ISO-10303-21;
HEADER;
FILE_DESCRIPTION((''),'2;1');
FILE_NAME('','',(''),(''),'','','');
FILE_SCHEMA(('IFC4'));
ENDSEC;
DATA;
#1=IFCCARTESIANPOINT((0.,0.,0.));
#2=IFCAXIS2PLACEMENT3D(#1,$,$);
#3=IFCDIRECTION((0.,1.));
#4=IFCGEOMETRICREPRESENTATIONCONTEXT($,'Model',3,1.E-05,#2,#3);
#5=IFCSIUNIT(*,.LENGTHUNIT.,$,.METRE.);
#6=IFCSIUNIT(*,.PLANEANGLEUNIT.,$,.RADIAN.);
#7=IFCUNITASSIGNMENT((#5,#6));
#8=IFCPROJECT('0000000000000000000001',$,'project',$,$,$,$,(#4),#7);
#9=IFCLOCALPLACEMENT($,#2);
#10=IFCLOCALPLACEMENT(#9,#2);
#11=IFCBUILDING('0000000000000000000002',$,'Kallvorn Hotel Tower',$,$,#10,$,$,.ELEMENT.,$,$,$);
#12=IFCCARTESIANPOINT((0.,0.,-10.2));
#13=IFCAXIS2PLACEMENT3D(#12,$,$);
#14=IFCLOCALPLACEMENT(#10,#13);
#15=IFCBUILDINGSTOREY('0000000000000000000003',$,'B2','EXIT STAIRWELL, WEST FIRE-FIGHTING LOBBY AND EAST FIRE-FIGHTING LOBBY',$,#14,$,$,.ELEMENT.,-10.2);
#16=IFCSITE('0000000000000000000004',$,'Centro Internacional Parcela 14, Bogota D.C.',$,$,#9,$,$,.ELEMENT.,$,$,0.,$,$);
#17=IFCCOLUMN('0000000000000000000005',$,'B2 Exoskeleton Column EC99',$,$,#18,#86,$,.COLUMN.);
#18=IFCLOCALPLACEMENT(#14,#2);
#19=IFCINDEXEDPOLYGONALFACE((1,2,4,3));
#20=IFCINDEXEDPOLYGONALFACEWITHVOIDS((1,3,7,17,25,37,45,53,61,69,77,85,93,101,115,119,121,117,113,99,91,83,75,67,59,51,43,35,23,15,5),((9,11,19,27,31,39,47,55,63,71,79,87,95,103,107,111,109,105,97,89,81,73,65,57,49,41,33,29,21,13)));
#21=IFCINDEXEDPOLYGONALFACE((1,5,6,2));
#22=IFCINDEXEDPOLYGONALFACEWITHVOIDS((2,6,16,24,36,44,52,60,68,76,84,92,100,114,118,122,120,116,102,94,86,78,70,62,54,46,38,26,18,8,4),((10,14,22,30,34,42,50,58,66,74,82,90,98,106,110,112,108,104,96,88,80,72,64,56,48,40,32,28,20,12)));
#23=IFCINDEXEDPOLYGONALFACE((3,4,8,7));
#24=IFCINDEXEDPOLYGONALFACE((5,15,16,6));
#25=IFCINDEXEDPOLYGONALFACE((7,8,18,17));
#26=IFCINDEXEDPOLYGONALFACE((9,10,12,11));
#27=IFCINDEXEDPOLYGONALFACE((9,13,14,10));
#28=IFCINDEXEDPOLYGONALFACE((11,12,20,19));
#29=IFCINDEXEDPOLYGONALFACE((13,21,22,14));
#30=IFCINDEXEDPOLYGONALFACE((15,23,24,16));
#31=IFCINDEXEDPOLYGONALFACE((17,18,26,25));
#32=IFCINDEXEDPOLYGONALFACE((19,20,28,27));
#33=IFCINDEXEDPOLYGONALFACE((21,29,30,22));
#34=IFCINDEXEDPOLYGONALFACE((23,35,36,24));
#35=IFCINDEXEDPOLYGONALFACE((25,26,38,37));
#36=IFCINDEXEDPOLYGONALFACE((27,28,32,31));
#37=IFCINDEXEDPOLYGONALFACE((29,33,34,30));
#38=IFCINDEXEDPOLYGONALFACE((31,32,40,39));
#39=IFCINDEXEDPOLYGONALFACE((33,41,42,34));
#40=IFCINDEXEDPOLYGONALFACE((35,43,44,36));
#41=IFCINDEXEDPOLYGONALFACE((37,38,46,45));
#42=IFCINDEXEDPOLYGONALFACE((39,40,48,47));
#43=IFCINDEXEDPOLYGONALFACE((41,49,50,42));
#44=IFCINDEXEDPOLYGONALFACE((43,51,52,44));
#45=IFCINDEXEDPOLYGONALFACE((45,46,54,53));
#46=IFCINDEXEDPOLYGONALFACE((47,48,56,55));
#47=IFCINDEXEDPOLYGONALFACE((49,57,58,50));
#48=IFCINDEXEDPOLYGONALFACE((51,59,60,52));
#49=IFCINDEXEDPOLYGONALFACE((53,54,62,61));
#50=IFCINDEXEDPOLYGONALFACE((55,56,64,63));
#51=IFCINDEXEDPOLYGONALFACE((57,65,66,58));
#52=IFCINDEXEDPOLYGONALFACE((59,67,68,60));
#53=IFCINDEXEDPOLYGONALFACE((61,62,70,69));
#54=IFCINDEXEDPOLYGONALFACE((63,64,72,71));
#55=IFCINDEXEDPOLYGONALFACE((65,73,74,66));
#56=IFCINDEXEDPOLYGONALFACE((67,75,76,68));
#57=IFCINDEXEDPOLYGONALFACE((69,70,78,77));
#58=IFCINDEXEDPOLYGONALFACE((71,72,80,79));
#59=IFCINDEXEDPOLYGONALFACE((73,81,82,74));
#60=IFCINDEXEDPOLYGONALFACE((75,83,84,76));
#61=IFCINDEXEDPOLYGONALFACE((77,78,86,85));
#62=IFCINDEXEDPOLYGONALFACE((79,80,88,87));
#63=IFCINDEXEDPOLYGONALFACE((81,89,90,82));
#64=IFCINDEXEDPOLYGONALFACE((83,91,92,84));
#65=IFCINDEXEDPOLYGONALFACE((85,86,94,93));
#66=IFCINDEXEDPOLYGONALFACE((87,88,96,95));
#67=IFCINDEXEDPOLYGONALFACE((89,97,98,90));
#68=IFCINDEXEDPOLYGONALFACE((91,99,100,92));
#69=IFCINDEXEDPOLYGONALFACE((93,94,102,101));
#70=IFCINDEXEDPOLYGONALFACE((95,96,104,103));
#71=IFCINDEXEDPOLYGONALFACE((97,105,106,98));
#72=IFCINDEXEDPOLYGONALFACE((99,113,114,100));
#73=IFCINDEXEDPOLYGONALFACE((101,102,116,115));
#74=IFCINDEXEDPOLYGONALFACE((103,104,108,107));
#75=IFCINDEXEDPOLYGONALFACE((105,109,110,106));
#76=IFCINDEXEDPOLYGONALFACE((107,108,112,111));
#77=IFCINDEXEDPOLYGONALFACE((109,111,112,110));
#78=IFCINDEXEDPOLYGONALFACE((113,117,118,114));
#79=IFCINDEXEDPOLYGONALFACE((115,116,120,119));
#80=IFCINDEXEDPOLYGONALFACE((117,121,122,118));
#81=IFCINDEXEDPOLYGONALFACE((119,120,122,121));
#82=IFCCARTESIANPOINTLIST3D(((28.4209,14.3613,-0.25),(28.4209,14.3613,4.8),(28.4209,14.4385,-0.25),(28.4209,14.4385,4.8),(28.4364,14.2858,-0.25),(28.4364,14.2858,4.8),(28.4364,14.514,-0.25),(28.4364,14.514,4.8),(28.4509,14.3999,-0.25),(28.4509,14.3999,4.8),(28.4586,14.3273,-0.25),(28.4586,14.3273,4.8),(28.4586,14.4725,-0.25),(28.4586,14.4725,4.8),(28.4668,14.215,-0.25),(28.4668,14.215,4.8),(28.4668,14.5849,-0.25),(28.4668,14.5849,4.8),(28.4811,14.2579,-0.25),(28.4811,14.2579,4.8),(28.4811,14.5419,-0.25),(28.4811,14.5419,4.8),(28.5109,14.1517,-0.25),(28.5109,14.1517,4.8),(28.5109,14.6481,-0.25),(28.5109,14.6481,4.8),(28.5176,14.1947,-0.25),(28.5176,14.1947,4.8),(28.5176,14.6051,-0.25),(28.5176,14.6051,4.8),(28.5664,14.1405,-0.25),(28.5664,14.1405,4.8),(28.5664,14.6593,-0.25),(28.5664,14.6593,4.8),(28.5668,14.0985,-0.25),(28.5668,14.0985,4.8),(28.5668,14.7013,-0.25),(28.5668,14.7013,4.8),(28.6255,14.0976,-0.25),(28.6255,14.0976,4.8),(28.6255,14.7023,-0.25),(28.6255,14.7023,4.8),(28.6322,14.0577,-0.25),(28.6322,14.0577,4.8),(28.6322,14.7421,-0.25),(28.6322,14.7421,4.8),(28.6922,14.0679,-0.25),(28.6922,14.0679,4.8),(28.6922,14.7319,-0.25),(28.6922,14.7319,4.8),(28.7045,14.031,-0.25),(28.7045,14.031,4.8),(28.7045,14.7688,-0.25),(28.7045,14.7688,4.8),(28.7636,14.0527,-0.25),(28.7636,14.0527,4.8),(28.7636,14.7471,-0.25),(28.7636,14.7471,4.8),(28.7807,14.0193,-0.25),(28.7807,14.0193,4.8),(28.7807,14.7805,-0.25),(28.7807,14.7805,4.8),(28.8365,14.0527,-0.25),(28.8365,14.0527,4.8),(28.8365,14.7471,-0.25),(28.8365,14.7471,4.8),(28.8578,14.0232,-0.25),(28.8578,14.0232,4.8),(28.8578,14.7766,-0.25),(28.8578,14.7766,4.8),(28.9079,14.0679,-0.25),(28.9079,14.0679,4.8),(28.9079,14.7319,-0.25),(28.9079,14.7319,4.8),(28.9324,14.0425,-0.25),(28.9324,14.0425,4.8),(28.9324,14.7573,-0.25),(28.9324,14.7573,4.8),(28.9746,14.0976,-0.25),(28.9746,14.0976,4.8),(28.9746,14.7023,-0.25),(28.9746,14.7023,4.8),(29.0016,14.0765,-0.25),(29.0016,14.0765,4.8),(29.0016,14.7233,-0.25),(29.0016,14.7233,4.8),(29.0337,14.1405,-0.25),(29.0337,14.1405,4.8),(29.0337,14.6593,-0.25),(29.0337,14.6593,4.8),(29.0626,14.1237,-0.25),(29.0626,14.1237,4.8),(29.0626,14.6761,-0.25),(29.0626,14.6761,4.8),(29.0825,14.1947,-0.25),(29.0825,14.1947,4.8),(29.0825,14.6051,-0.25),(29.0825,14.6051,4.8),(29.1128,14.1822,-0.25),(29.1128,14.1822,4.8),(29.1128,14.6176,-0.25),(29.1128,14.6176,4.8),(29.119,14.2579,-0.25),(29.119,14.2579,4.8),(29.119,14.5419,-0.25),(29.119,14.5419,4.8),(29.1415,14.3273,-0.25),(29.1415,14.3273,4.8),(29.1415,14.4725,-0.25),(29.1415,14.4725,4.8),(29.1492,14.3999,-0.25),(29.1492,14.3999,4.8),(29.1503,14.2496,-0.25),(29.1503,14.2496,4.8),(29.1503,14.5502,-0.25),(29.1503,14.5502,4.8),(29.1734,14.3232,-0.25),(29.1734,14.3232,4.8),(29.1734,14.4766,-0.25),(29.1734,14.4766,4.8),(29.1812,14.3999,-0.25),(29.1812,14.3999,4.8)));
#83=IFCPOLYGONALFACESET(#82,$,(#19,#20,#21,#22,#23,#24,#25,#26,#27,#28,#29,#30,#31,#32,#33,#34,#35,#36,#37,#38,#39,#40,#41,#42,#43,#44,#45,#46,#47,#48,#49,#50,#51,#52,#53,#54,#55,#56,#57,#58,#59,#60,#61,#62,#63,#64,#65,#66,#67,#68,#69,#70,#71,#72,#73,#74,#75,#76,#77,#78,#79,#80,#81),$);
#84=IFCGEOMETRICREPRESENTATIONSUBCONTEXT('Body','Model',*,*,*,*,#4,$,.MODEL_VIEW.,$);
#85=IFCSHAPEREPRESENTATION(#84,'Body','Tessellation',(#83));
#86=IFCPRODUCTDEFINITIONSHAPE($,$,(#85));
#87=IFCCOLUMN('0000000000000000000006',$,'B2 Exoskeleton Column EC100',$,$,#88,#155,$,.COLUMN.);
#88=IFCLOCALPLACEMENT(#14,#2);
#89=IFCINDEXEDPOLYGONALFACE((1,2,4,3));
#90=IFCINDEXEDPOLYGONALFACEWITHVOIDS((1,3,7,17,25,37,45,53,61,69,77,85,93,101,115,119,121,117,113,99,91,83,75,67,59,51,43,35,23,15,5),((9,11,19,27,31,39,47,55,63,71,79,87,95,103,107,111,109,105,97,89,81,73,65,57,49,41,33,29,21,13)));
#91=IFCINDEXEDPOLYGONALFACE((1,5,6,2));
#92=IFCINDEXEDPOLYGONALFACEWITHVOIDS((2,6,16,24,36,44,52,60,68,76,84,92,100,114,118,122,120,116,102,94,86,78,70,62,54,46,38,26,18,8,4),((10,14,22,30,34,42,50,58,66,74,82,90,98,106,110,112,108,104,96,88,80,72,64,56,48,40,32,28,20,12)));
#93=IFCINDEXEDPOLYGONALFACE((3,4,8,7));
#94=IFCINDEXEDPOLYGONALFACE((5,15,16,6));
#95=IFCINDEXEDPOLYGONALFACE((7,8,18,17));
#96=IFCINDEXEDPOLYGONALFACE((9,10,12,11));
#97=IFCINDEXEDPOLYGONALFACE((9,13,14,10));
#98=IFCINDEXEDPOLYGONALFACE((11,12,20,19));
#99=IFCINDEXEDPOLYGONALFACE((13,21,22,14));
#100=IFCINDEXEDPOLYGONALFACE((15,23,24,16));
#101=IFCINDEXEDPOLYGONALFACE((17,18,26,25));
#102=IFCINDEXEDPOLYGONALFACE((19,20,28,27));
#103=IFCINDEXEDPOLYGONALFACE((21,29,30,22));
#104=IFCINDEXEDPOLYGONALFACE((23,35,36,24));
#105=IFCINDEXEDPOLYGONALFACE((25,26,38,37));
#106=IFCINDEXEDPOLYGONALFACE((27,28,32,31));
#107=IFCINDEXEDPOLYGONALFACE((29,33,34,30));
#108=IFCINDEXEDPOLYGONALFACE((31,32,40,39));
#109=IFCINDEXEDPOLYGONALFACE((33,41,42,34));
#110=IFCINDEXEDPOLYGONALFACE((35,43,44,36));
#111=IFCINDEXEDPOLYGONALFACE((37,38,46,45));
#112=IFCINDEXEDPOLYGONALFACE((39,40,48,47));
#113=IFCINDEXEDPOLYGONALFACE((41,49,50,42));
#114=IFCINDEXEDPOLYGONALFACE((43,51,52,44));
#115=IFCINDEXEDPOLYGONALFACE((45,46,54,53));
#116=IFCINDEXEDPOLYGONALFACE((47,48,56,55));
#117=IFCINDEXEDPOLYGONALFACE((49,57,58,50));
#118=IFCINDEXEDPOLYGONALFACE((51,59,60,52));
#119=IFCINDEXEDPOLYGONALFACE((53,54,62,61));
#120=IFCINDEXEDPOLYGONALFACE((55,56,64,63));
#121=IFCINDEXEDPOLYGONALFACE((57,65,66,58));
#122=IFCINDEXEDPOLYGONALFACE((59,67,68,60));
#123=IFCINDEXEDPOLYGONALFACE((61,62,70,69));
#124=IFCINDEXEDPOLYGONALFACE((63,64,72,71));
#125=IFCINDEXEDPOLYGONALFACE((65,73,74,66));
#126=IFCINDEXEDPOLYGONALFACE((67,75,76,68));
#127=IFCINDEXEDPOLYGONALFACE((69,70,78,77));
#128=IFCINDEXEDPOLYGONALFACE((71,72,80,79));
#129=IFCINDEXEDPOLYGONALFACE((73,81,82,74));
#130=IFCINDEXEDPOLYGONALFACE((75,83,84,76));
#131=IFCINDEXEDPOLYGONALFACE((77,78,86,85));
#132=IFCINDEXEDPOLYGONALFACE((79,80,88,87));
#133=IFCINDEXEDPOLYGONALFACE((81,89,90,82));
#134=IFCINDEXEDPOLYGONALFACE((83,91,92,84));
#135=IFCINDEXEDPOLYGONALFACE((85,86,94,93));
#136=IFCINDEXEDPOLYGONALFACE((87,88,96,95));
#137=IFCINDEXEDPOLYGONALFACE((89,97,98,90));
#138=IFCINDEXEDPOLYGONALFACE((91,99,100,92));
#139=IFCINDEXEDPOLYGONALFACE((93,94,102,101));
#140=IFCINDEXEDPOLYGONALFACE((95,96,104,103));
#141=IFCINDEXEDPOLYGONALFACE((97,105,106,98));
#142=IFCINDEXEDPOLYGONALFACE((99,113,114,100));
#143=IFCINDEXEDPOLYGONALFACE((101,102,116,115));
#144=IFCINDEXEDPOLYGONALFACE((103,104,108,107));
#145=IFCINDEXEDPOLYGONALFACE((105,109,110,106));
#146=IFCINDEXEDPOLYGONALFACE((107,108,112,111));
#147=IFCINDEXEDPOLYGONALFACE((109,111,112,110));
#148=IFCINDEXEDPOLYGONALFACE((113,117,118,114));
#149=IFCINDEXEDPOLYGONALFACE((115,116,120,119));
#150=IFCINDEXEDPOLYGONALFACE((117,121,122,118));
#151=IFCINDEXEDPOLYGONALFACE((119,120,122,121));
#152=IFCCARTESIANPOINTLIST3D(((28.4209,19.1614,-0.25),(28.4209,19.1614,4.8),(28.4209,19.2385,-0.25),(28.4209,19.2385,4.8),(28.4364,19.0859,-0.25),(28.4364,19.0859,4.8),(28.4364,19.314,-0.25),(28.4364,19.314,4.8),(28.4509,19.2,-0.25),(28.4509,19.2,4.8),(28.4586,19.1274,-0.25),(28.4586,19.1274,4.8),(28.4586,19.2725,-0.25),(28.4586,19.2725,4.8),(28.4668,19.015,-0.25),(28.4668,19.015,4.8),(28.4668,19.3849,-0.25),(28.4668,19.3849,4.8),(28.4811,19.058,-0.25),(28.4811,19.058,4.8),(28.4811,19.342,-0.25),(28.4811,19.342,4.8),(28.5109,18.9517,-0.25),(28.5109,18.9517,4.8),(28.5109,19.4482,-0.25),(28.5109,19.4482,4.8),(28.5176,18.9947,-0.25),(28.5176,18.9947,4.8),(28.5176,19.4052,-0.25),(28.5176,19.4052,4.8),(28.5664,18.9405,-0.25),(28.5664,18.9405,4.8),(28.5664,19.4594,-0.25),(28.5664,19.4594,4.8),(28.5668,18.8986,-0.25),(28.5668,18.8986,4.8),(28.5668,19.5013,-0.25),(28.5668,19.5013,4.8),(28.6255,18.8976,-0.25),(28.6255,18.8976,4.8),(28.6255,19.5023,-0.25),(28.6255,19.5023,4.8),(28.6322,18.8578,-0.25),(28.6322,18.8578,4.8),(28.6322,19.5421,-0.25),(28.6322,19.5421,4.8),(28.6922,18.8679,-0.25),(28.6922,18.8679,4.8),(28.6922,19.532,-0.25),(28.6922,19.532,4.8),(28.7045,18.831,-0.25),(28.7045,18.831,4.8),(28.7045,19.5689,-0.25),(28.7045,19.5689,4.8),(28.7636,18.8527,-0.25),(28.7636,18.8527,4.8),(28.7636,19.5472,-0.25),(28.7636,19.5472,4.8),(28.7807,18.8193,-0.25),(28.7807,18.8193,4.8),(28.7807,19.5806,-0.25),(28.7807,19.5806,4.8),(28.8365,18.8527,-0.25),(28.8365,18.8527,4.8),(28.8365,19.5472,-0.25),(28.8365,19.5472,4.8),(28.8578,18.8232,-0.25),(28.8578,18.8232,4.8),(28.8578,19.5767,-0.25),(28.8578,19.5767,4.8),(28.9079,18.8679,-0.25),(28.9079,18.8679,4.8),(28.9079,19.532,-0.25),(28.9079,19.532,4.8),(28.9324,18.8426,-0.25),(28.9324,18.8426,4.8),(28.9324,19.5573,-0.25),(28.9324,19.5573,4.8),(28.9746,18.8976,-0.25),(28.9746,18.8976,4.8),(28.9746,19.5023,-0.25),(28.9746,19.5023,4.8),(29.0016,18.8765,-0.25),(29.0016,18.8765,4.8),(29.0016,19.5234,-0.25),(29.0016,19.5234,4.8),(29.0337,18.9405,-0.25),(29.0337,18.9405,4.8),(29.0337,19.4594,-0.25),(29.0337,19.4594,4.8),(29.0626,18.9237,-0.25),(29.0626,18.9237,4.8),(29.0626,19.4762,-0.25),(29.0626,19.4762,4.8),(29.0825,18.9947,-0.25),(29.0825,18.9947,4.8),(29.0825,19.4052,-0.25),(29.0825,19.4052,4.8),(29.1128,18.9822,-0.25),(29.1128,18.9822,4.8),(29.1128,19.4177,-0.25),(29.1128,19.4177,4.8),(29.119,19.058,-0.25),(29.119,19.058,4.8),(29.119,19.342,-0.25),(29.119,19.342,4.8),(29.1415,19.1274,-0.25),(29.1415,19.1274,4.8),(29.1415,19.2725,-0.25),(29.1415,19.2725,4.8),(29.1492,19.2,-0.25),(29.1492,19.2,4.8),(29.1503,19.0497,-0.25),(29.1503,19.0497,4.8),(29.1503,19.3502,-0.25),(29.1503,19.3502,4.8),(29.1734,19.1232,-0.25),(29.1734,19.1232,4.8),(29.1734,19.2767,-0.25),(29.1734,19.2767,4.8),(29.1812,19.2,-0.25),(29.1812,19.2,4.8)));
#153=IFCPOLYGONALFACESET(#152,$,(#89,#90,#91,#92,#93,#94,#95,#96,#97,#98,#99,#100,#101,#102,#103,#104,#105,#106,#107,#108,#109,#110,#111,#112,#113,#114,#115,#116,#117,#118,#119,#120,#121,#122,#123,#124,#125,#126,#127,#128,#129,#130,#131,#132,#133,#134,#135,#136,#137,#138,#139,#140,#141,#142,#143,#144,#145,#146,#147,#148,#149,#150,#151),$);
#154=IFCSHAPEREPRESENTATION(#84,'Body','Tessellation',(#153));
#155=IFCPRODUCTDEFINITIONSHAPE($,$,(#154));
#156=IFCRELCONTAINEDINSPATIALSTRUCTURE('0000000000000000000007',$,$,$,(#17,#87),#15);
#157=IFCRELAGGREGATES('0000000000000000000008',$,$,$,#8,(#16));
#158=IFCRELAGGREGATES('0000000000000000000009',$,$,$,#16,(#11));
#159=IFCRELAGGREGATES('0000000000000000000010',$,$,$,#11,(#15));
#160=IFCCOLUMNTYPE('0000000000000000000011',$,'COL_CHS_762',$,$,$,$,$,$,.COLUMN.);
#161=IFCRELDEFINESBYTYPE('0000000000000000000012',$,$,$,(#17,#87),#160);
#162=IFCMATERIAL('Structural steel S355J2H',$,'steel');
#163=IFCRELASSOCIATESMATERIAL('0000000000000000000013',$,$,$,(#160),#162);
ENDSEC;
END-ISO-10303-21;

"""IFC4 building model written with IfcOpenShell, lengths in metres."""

from ifc_helpers import new_model, si_unit, direction, frame, origin, origin_2d, place, context, subcontext, project, spatial, hollow_circle, extrude, material, material_profile, profile_set, type_object, element, save


model = new_model("IFC4")

# Units and contexts
model_context = context("Model", 3, precision=1e-05, world=origin(), true_north=direction((0.0, 1.0)))
body_context = subcontext(model_context, "Body", "Model", "MODEL_VIEW")
ifc_project = project(units=[si_unit("LENGTHUNIT", "METRE"), si_unit("PLANEANGLEUNIT", "RADIAN")], contexts=[model_context])

# Site, building, storey
site_placement = place(None, origin())
site = spatial("IfcSite", under=ifc_project, at=site_placement, Name="Centro Internacional Parcela 14, Bogota D.C.", CompositionType="ELEMENT", RefElevation=0.0)
building_placement = place(site_placement, origin())
building = spatial("IfcBuilding", under=site, at=building_placement, Name="Kallvorn Hotel Tower", CompositionType="ELEMENT")
storey_placement = place(building_placement, frame((0.0, 0.0, -10.2)))
storey = spatial("IfcBuildingStorey", under=building, at=storey_placement, Name="B2", Description="EXIT STAIRWELL, WEST FIRE-FIGHTING LOBBY AND EAST FIRE-FIGHTING LOBBY", CompositionType="ELEMENT", Elevation=-10.2)

# Columns
ifc_material_1 = material(Name="Structural steel S355J2H", Category="steel")
ifc_material_profile_1 = material_profile(ifc_material_1, hollow_circle(Radius=0.3811, WallThickness=0.032, at=origin_2d()), Name="CHS 762x32")
ifc_profile_set_1 = profile_set([ifc_material_profile_1], Name="Structural steel S355J2H")
column_type_1 = type_object("IfcColumnType", Name="COL_CHS_762", PredefinedType="COLUMN", material=ifc_profile_set_1)
for number, where, z_axis, x_axis, name in (
    (1, (28.8, 14.3999, -0.25), (0.0, 0.0, 1.0), (1.0, 0.0, 0.0), "B2 Exoskeleton Column EC99"),
    (2, (28.8, 19.2, -0.25), (0.0, 0.0, 1.0), (1.0, 0.0, 0.0), "B2 Exoskeleton Column EC100"),
):
    element("IfcColumn", number, at=place(storey_placement, frame(where, z_axis=z_axis, x_axis=x_axis)), inside=storey, type_object=column_type_1, Name=name, PredefinedType="COLUMN", context=body_context, shape_type="SweptSolid", body=[
        extrude(hollow_circle(Radius=0.3811, WallThickness=0.032, at=origin_2d()), origin(), (0.0, 0.0, 1.0), 5.05),
    ])

save(model, "model.ifc")
